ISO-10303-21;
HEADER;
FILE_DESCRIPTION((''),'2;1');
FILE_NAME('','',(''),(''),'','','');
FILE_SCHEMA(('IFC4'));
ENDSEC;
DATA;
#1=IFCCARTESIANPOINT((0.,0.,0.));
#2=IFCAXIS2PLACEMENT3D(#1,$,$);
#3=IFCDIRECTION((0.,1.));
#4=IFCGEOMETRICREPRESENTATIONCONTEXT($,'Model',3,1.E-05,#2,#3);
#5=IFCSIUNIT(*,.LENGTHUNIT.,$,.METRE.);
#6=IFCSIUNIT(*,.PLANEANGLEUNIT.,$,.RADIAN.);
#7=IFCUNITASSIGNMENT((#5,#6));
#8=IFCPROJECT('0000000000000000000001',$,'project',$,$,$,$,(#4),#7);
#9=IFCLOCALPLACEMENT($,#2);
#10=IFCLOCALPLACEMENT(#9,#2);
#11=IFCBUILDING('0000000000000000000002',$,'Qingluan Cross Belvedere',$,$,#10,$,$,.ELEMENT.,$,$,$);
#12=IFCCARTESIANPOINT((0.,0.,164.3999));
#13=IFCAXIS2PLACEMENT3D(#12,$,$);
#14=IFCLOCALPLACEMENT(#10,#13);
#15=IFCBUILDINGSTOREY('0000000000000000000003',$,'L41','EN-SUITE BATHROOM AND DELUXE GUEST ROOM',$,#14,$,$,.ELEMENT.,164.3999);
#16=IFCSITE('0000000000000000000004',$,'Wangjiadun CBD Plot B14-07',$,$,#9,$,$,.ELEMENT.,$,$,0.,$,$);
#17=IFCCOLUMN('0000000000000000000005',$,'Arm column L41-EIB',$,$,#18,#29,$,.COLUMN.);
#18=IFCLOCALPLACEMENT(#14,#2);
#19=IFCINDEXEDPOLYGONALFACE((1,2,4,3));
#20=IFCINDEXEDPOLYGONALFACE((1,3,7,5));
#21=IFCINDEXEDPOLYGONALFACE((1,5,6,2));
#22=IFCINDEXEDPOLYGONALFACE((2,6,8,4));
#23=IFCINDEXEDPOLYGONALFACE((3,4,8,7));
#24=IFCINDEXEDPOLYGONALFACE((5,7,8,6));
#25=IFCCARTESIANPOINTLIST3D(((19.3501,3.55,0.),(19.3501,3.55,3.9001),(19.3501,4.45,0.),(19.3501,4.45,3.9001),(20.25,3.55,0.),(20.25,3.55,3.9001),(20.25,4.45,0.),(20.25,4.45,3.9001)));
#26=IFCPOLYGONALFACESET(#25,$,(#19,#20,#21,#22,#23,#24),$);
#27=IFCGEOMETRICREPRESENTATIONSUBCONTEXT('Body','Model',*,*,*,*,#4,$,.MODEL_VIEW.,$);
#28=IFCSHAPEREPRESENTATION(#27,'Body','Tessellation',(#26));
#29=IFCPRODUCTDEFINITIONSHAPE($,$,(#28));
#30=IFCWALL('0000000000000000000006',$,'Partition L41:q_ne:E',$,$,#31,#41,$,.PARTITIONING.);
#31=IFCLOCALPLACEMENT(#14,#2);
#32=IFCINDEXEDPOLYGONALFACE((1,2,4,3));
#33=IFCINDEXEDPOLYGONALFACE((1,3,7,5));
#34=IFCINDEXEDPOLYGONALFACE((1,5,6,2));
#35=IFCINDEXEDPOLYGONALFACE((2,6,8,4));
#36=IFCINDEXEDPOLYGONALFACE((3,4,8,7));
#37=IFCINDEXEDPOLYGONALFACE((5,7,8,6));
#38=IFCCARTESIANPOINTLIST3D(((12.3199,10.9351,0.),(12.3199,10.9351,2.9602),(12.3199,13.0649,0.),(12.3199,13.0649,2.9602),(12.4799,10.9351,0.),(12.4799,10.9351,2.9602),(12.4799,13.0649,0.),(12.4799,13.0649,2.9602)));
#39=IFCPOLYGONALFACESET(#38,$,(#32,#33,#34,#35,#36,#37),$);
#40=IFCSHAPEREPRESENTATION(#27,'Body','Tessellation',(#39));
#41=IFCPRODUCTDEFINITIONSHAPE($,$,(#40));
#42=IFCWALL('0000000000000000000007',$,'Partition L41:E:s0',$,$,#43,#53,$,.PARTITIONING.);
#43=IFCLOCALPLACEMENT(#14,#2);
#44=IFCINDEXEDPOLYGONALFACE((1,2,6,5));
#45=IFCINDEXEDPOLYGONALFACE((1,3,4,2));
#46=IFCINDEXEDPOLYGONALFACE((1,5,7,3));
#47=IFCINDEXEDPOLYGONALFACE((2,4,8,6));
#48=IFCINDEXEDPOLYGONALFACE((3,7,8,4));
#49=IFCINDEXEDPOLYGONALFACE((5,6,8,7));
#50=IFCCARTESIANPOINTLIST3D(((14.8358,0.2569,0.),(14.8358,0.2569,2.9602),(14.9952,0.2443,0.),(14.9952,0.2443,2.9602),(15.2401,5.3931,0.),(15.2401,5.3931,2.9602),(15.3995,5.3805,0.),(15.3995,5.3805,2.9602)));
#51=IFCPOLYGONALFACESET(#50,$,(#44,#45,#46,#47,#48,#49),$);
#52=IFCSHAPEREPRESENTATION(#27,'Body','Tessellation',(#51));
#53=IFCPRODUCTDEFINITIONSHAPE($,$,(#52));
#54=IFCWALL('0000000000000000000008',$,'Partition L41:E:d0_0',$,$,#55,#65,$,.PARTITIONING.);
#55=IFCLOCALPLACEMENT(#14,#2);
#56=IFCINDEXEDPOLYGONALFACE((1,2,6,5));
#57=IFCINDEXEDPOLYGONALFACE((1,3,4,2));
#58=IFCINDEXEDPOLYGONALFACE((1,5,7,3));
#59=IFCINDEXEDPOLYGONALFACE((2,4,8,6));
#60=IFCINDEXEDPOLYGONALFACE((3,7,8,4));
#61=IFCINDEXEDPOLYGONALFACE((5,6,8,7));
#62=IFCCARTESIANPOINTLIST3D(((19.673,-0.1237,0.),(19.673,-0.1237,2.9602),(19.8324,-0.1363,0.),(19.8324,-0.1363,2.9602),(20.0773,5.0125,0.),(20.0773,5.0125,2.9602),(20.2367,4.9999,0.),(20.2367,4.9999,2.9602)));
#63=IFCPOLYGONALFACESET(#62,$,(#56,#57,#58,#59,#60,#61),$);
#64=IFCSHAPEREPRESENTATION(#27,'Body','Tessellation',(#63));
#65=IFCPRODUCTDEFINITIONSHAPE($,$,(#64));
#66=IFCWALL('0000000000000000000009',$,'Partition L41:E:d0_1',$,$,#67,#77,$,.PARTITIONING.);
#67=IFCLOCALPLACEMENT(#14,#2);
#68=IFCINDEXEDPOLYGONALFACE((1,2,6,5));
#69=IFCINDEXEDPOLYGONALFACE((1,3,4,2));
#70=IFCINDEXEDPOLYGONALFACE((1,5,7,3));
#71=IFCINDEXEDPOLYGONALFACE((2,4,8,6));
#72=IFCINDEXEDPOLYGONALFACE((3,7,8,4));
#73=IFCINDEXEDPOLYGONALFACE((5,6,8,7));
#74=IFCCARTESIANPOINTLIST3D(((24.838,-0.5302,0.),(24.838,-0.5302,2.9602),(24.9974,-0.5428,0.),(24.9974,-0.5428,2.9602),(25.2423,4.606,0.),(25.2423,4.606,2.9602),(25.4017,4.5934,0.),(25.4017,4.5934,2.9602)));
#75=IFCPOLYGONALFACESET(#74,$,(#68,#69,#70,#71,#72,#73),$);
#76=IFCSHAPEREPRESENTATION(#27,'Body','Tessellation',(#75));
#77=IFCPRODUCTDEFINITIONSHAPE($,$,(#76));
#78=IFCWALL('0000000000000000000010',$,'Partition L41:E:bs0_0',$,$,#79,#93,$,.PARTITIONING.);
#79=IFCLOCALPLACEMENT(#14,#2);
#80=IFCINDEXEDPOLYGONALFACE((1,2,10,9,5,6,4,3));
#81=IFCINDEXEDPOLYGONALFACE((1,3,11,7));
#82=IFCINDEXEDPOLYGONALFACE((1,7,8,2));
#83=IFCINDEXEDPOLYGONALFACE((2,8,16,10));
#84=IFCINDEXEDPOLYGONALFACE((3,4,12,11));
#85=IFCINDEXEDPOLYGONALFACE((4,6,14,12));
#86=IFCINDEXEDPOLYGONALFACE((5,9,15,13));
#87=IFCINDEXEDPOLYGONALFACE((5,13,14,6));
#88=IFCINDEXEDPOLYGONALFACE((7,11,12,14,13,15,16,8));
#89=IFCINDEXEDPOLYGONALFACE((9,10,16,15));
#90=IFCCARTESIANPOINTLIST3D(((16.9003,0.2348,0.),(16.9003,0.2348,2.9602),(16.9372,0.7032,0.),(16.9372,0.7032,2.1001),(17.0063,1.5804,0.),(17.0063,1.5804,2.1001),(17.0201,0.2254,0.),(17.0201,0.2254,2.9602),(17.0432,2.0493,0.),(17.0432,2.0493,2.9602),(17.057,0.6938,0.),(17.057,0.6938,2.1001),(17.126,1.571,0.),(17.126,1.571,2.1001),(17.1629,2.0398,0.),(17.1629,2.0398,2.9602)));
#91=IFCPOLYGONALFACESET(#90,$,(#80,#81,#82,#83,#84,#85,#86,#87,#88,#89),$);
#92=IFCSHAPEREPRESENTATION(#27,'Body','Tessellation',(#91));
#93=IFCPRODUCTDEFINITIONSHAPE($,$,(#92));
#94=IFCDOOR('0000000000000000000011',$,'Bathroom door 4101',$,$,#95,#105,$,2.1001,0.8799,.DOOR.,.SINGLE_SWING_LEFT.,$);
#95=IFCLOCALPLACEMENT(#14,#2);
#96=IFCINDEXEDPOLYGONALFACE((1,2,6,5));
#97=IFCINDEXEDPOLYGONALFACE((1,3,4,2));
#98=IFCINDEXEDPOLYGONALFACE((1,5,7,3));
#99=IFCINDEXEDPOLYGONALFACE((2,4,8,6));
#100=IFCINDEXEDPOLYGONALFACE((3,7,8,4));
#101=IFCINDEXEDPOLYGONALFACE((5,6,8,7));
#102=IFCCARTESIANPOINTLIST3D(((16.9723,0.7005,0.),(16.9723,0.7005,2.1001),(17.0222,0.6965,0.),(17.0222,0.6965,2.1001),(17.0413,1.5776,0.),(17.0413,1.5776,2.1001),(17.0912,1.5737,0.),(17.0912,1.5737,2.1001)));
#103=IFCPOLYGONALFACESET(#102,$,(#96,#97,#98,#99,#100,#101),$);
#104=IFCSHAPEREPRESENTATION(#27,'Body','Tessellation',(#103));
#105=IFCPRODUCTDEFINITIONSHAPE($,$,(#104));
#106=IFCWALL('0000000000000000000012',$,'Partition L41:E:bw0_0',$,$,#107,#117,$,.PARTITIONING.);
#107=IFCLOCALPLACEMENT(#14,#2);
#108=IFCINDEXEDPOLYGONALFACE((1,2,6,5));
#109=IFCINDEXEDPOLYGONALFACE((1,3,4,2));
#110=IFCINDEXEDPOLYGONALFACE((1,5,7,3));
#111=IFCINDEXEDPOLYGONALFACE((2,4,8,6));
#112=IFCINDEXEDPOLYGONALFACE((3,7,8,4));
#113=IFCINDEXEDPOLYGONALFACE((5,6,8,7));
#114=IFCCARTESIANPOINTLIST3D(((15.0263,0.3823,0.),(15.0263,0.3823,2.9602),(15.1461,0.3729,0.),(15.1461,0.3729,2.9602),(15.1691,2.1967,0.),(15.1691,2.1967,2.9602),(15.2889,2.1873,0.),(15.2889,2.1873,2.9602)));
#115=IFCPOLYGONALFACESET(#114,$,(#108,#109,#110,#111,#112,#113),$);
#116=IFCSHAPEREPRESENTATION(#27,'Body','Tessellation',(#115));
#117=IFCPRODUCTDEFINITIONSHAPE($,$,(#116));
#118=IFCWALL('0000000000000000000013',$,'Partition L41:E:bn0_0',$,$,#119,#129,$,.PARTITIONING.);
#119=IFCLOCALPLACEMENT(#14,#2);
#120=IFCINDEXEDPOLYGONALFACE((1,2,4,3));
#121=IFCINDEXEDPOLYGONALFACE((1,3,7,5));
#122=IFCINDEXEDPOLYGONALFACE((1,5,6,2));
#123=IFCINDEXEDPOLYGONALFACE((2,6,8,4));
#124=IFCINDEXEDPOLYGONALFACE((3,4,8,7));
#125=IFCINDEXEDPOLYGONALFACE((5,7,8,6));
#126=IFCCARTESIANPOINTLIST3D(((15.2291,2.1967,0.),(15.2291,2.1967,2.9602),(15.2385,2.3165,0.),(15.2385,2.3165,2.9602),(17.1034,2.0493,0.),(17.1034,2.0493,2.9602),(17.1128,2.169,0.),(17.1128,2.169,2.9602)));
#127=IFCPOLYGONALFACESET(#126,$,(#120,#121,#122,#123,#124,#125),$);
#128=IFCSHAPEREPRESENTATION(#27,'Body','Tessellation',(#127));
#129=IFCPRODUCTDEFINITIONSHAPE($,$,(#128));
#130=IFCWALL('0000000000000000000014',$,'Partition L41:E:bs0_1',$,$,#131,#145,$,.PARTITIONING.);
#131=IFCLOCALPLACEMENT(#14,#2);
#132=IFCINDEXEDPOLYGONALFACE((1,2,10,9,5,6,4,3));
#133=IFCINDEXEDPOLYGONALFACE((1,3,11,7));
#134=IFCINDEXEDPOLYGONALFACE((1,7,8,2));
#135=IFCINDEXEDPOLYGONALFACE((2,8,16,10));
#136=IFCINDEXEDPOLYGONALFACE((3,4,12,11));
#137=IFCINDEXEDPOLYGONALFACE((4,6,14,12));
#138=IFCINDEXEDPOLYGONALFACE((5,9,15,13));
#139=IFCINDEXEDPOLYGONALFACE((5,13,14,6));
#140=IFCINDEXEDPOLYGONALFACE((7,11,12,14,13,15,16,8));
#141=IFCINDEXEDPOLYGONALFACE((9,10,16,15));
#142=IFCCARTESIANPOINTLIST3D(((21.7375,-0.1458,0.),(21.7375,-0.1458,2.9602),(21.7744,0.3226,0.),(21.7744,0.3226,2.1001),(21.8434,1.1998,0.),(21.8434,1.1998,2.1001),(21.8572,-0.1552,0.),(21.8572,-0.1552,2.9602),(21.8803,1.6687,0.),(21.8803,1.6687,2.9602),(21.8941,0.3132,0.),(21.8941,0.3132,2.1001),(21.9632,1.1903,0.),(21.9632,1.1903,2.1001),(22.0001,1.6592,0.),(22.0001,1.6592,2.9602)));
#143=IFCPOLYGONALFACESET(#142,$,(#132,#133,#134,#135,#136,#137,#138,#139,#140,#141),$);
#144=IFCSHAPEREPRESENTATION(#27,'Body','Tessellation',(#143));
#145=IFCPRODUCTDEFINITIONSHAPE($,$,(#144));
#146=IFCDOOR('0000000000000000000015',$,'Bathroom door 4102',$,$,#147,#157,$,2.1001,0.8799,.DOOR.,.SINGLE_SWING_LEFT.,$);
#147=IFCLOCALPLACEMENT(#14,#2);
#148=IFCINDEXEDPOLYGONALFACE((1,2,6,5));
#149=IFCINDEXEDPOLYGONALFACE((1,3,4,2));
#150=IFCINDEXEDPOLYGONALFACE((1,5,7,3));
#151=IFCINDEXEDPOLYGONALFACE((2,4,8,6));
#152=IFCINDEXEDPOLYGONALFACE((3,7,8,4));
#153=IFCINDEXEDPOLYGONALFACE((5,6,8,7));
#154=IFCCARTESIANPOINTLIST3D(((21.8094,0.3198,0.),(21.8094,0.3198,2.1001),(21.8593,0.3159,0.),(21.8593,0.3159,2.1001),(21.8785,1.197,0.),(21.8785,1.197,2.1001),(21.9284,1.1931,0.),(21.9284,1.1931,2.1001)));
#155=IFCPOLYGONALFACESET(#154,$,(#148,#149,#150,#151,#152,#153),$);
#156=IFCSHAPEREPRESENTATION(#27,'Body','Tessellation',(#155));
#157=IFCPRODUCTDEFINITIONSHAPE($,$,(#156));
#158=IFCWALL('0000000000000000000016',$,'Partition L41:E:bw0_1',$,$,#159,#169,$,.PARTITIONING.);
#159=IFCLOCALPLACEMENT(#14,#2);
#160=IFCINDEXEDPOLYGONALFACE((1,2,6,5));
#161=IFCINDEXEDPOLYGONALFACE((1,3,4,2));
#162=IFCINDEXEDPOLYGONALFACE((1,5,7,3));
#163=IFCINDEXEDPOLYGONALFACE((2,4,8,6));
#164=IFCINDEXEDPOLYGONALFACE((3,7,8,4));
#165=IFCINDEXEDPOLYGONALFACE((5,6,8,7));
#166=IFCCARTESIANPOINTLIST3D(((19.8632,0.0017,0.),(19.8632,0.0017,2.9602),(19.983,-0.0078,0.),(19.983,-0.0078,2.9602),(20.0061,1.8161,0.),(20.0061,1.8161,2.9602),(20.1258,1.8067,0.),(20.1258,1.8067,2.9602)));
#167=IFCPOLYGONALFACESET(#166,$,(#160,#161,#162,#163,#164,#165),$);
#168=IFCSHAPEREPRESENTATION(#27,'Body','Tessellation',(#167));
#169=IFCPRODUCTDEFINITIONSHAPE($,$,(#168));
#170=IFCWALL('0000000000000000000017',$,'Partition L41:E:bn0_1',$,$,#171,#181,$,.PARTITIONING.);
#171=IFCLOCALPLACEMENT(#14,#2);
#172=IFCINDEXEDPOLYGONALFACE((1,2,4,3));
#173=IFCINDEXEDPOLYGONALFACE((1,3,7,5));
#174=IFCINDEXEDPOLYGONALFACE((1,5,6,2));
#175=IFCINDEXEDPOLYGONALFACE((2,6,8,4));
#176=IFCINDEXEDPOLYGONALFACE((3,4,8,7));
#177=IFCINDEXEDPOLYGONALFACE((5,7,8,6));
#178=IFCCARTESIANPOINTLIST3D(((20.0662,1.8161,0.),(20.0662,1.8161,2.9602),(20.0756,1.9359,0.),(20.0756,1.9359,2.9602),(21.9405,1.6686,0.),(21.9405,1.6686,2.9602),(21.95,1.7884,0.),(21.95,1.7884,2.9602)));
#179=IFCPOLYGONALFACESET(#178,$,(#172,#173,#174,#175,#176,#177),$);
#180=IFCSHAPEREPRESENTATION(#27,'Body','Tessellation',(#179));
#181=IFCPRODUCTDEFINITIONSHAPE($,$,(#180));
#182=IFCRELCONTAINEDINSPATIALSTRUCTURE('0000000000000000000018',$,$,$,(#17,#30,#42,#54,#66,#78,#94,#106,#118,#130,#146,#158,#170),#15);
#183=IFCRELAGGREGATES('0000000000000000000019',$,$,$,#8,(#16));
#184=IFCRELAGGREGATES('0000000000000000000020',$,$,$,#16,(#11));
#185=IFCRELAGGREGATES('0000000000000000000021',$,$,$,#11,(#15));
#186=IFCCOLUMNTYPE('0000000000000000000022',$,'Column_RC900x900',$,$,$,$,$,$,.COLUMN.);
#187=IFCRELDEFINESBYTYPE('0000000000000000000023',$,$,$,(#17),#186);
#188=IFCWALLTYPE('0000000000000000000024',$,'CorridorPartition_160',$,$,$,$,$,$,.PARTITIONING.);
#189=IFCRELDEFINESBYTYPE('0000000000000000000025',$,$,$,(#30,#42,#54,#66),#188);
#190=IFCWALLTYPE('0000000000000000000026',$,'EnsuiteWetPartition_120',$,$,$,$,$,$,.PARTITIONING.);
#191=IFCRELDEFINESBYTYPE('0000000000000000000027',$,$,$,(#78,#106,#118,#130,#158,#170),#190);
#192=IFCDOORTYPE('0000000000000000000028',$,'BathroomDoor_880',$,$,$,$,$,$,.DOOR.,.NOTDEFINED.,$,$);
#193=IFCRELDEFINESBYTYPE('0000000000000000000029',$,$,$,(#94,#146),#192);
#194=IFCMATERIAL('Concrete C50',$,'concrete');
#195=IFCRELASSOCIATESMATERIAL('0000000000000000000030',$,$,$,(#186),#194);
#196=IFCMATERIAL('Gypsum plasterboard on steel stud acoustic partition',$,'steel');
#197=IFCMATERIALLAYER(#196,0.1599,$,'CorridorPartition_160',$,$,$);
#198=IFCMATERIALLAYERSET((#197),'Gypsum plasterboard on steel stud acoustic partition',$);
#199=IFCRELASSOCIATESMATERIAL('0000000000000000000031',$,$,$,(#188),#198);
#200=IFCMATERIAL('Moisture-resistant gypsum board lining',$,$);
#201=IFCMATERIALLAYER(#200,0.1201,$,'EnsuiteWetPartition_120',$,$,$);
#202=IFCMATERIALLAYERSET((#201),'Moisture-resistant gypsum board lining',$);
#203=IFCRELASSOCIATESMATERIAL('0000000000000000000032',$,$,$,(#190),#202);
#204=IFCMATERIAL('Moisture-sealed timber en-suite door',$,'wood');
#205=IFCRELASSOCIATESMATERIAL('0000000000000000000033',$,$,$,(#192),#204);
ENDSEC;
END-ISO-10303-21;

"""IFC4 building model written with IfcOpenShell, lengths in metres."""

from ifc_helpers import new_model, si_unit, direction, frame, frame_2d, origin, origin_2d, place, context, subcontext, project, spatial, rectangle, extrude, material, layer, layer_set, material_profile, profile_set, type_object, element, fill, save


model = new_model("IFC4")

# Units and contexts
model_context = context("Model", 3, precision=1e-05, world=origin(), true_north=direction((0.0, 1.0)))
body_context = subcontext(model_context, "Body", "Model", "MODEL_VIEW")
ifc_project = project(units=[si_unit("LENGTHUNIT", "METRE"), si_unit("PLANEANGLEUNIT", "RADIAN")], contexts=[model_context])

# Site, building, storey
site_placement = place(None, origin())
site = spatial("IfcSite", under=ifc_project, at=site_placement, Name="Wangjiadun CBD Plot B14-07", CompositionType="ELEMENT", RefElevation=0.0)
building_placement = place(site_placement, origin())
building = spatial("IfcBuilding", under=site, at=building_placement, Name="Qingluan Cross Belvedere", CompositionType="ELEMENT")
storey_placement = place(building_placement, frame((0.0, 0.0, 164.3999)))
storey = spatial("IfcBuildingStorey", under=building, at=storey_placement, Name="L41", Description="EN-SUITE BATHROOM AND DELUXE GUEST ROOM", CompositionType="ELEMENT", Elevation=164.3999)

# Column
ifc_material_1 = material(Name="Concrete C50", Category="concrete")
ifc_material_profile = material_profile(ifc_material_1, rectangle(XDim=0.8999, YDim=0.8999, at=origin_2d()), Name="RC900x900")
ifc_profile_set = profile_set([ifc_material_profile], Name="Concrete C50")
column_type = type_object("IfcColumnType", Name="Column_RC900x900", PredefinedType="COLUMN", material=ifc_profile_set)
column_placement = place(storey_placement, frame((19.8, 4.0, 0.0), z_axis=(0.0, 0.0, 1.0), x_axis=(1.0, 0.0, 0.0)))
element("IfcColumn", 1, at=column_placement, inside=storey, type_object=column_type, Name="Arm column L41-EIB", PredefinedType="COLUMN", context=body_context, shape_type="SweptSolid", body=[
    extrude(rectangle(XDim=0.8999, YDim=0.8999, at=origin_2d()), origin(), (0.0, 0.0, 1.0), 3.9001),
])

# Wall
ifc_material_2 = material(Name="Gypsum plasterboard on steel stud acoustic partition", Category="steel")
ifc_layer_1 = layer(ifc_material_2, 0.1599, Name="CorridorPartition_160")
ifc_layer_set_1 = layer_set([ifc_layer_1], Name="Gypsum plasterboard on steel stud acoustic partition")
wall_type_1 = type_object("IfcWallType", Name="CorridorPartition_160", PredefinedType="PARTITIONING", material=ifc_layer_set_1)
wall_1_placement = place(storey_placement, frame((12.3999, 10.9351, 0.0), z_axis=(0.0, 0.0, 1.0), x_axis=(0.0, 1.0, 0.0)))
element("IfcWall", 2, at=wall_1_placement, inside=storey, type_object=wall_type_1, Name="Partition L41:q_ne:E", PredefinedType="PARTITIONING", context=body_context, shape_type="SweptSolid", body=[
    extrude(rectangle(XDim=2.1299, YDim=0.1599, at=frame_2d((1.0649, 0.0))), origin(), (0.0, 0.0, 1.0), 2.9602),
])

# Walls
for number, where, z_axis, x_axis, name in (
    (3, (14.9155, 0.2505, 0.0), (0.0, 0.0, 1.0), (0.078472, 0.996916, 0.0), "Partition L41:E:s0"),
    (4, (19.7527, -0.1301, 0.0), (0.0, 0.0, 1.0), (0.078472, 0.996916, 0.0), "Partition L41:E:d0_0"),
    (5, (24.9177, -0.5366, 0.0), (0.0, 0.0, 1.0), (0.078472, 0.996916, 0.0), "Partition L41:E:d0_1"),
):
    element("IfcWall", number, at=place(storey_placement, frame(where, z_axis=z_axis, x_axis=x_axis)), inside=storey, type_object=wall_type_1, Name=name, PredefinedType="PARTITIONING", context=body_context, shape_type="SweptSolid", body=[
        extrude(rectangle(XDim=5.1521, YDim=0.1599, at=frame_2d((2.5762, 0.0))), origin(), (0.0, 0.0, 1.0), 2.9602),
    ])

# Wall, opening, door
ifc_material_3 = material(Name="Moisture-resistant gypsum board lining")
ifc_layer_2 = layer(ifc_material_3, 0.1201, Name="EnsuiteWetPartition_120")
ifc_layer_set_2 = layer_set([ifc_layer_2], Name="Moisture-resistant gypsum board lining")
wall_type_2 = type_object("IfcWallType", Name="EnsuiteWetPartition_120", PredefinedType="PARTITIONING", material=ifc_layer_set_2)
wall_2_placement = place(storey_placement, frame((16.9602, 0.23, 0.0), z_axis=(0.0, 0.0, 1.0), x_axis=(0.078471, 0.996916, 0.0)))
wall_2 = element("IfcWall", 6, at=wall_2_placement, inside=storey, type_object=wall_type_2, Name="Partition L41:E:bs0_0", PredefinedType="PARTITIONING", context=body_context, shape_type="SweptSolid", body=[
    extrude(rectangle(XDim=1.8201, YDim=0.1201, at=frame_2d((0.9102, 0.0))), origin(), (0.0, 0.0, 1.0), 2.9602),
])
opening_1_placement = place(wall_2_placement, frame((0.47, 0.0, 0.0)))
opening_1 = element("IfcOpeningElement", 7, at=opening_1_placement, cuts=wall_2, PredefinedType="OPENING", context=body_context, shape_type="SweptSolid", body=[
    extrude(rectangle(XDim=0.8799, YDim=2.1001, at=frame_2d((0.4399, 1.05))), frame((0.0, 0.0701, 0.0), z_axis=(0.0, -1.0, 0.0), x_axis=(1.0, 0.0, 0.0)), (0.0, 0.0, 1.0), 0.1401),
])
ifc_material_4 = material(Name="Moisture-sealed timber en-suite door", Category="wood")
door_type_1 = type_object("IfcDoorType", Name="BathroomDoor_880", OperationType="NOTDEFINED", PredefinedType="DOOR", material=ifc_material_4)
door_1_placement = place(opening_1_placement, origin())
door_1 = element("IfcDoor", 8, at=door_1_placement, inside=storey, type_object=door_type_1, Name="Bathroom door 4101", OperationType="SINGLE_SWING_LEFT", OverallHeight=2.1001, OverallWidth=0.8799, PredefinedType="DOOR", context=body_context, shape_type="SweptSolid", body=[
    extrude(rectangle(XDim=0.8799, YDim=2.1001, at=frame_2d((0.4399, 1.05))), frame((0.0, 0.0249, 0.0), z_axis=(0.0, -1.0, 0.0), x_axis=(1.0, 0.0, 0.0)), (0.0, 0.0, 1.0), 0.05),
])
fill(opening_1, door_1)

# Walls
wall_3_placement = place(storey_placement, frame((15.0862, 0.3774, 0.0), z_axis=(0.0, 0.0, 1.0), x_axis=(0.078471, 0.996916, 0.0)))
element("IfcWall", 9, at=wall_3_placement, inside=storey, type_object=wall_type_2, Name="Partition L41:E:bw0_0", PredefinedType="PARTITIONING", context=body_context, shape_type="SweptSolid", body=[
    extrude(rectangle(XDim=1.8201, YDim=0.1201, at=frame_2d((0.9102, 0.0))), origin(), (0.0, 0.0, 1.0), 2.9602),
])
wall_4_placement = place(storey_placement, frame((15.2339, 2.2566, 0.0), z_axis=(0.0, 0.0, 1.0), x_axis=(0.996919, -0.078434, 0.0)))
element("IfcWall", 10, at=wall_4_placement, inside=storey, type_object=wall_type_2, Name="Partition L41:E:bn0_0", PredefinedType="PARTITIONING", context=body_context, shape_type="SweptSolid", body=[
    extrude(rectangle(XDim=1.8801, YDim=0.1201, at=frame_2d((0.9399, 0.0))), origin(), (0.0, 0.0, 1.0), 2.9602),
])

# Wall, opening, door
wall_5_placement = place(storey_placement, frame((21.7974, -0.1506, 0.0), z_axis=(0.0, 0.0, 1.0), x_axis=(0.078471, 0.996916, 0.0)))
wall_5 = element("IfcWall", 11, at=wall_5_placement, inside=storey, type_object=wall_type_2, Name="Partition L41:E:bs0_1", PredefinedType="PARTITIONING", context=body_context, shape_type="SweptSolid", body=[
    extrude(rectangle(XDim=1.8201, YDim=0.1201, at=frame_2d((0.9102, 0.0))), origin(), (0.0, 0.0, 1.0), 2.9602),
])
opening_2_placement = place(wall_5_placement, frame((0.47, 0.0, 0.0)))
opening_2 = element("IfcOpeningElement", 12, at=opening_2_placement, cuts=wall_5, PredefinedType="OPENING", context=body_context, shape_type="SweptSolid", body=[
    extrude(rectangle(XDim=0.8799, YDim=2.1001, at=frame_2d((0.4399, 1.05))), frame((0.0, 0.0701, 0.0), z_axis=(0.0, -1.0, 0.0), x_axis=(1.0, 0.0, 0.0)), (0.0, 0.0, 1.0), 0.1401),
])
door_2_placement = place(opening_2_placement, origin())
door_2 = element("IfcDoor", 13, at=door_2_placement, inside=storey, type_object=door_type_1, Name="Bathroom door 4102", OperationType="SINGLE_SWING_LEFT", OverallHeight=2.1001, OverallWidth=0.8799, PredefinedType="DOOR", context=body_context, shape_type="SweptSolid", body=[
    extrude(rectangle(XDim=0.8799, YDim=2.1001, at=frame_2d((0.4399, 1.05))), frame((0.0, 0.0249, 0.0), z_axis=(0.0, -1.0, 0.0), x_axis=(1.0, 0.0, 0.0)), (0.0, 0.0, 1.0), 0.05),
])
fill(opening_2, door_2)

# Walls
wall_6_placement = place(storey_placement, frame((19.9231, -0.0032, 0.0), z_axis=(0.0, 0.0, 1.0), x_axis=(0.078471, 0.996916, 0.0)))
element("IfcWall", 14, at=wall_6_placement, inside=storey, type_object=wall_type_2, Name="Partition L41:E:bw0_1", PredefinedType="PARTITIONING", context=body_context, shape_type="SweptSolid", body=[
    extrude(rectangle(XDim=1.8201, YDim=0.1201, at=frame_2d((0.9102, 0.0))), origin(), (0.0, 0.0, 1.0), 2.9602),
])
wall_7_placement = place(storey_placement, frame((20.071, 1.876, 0.0), z_axis=(0.0, 0.0, 1.0), x_axis=(0.996919, -0.078434, 0.0)))
element("IfcWall", 15, at=wall_7_placement, inside=storey, type_object=wall_type_2, Name="Partition L41:E:bn0_1", PredefinedType="PARTITIONING", context=body_context, shape_type="SweptSolid", body=[
    extrude(rectangle(XDim=1.8801, YDim=0.1201, at=frame_2d((0.9399, 0.0))), origin(), (0.0, 0.0, 1.0), 2.9602),
])

save(model, "model.ifc")
